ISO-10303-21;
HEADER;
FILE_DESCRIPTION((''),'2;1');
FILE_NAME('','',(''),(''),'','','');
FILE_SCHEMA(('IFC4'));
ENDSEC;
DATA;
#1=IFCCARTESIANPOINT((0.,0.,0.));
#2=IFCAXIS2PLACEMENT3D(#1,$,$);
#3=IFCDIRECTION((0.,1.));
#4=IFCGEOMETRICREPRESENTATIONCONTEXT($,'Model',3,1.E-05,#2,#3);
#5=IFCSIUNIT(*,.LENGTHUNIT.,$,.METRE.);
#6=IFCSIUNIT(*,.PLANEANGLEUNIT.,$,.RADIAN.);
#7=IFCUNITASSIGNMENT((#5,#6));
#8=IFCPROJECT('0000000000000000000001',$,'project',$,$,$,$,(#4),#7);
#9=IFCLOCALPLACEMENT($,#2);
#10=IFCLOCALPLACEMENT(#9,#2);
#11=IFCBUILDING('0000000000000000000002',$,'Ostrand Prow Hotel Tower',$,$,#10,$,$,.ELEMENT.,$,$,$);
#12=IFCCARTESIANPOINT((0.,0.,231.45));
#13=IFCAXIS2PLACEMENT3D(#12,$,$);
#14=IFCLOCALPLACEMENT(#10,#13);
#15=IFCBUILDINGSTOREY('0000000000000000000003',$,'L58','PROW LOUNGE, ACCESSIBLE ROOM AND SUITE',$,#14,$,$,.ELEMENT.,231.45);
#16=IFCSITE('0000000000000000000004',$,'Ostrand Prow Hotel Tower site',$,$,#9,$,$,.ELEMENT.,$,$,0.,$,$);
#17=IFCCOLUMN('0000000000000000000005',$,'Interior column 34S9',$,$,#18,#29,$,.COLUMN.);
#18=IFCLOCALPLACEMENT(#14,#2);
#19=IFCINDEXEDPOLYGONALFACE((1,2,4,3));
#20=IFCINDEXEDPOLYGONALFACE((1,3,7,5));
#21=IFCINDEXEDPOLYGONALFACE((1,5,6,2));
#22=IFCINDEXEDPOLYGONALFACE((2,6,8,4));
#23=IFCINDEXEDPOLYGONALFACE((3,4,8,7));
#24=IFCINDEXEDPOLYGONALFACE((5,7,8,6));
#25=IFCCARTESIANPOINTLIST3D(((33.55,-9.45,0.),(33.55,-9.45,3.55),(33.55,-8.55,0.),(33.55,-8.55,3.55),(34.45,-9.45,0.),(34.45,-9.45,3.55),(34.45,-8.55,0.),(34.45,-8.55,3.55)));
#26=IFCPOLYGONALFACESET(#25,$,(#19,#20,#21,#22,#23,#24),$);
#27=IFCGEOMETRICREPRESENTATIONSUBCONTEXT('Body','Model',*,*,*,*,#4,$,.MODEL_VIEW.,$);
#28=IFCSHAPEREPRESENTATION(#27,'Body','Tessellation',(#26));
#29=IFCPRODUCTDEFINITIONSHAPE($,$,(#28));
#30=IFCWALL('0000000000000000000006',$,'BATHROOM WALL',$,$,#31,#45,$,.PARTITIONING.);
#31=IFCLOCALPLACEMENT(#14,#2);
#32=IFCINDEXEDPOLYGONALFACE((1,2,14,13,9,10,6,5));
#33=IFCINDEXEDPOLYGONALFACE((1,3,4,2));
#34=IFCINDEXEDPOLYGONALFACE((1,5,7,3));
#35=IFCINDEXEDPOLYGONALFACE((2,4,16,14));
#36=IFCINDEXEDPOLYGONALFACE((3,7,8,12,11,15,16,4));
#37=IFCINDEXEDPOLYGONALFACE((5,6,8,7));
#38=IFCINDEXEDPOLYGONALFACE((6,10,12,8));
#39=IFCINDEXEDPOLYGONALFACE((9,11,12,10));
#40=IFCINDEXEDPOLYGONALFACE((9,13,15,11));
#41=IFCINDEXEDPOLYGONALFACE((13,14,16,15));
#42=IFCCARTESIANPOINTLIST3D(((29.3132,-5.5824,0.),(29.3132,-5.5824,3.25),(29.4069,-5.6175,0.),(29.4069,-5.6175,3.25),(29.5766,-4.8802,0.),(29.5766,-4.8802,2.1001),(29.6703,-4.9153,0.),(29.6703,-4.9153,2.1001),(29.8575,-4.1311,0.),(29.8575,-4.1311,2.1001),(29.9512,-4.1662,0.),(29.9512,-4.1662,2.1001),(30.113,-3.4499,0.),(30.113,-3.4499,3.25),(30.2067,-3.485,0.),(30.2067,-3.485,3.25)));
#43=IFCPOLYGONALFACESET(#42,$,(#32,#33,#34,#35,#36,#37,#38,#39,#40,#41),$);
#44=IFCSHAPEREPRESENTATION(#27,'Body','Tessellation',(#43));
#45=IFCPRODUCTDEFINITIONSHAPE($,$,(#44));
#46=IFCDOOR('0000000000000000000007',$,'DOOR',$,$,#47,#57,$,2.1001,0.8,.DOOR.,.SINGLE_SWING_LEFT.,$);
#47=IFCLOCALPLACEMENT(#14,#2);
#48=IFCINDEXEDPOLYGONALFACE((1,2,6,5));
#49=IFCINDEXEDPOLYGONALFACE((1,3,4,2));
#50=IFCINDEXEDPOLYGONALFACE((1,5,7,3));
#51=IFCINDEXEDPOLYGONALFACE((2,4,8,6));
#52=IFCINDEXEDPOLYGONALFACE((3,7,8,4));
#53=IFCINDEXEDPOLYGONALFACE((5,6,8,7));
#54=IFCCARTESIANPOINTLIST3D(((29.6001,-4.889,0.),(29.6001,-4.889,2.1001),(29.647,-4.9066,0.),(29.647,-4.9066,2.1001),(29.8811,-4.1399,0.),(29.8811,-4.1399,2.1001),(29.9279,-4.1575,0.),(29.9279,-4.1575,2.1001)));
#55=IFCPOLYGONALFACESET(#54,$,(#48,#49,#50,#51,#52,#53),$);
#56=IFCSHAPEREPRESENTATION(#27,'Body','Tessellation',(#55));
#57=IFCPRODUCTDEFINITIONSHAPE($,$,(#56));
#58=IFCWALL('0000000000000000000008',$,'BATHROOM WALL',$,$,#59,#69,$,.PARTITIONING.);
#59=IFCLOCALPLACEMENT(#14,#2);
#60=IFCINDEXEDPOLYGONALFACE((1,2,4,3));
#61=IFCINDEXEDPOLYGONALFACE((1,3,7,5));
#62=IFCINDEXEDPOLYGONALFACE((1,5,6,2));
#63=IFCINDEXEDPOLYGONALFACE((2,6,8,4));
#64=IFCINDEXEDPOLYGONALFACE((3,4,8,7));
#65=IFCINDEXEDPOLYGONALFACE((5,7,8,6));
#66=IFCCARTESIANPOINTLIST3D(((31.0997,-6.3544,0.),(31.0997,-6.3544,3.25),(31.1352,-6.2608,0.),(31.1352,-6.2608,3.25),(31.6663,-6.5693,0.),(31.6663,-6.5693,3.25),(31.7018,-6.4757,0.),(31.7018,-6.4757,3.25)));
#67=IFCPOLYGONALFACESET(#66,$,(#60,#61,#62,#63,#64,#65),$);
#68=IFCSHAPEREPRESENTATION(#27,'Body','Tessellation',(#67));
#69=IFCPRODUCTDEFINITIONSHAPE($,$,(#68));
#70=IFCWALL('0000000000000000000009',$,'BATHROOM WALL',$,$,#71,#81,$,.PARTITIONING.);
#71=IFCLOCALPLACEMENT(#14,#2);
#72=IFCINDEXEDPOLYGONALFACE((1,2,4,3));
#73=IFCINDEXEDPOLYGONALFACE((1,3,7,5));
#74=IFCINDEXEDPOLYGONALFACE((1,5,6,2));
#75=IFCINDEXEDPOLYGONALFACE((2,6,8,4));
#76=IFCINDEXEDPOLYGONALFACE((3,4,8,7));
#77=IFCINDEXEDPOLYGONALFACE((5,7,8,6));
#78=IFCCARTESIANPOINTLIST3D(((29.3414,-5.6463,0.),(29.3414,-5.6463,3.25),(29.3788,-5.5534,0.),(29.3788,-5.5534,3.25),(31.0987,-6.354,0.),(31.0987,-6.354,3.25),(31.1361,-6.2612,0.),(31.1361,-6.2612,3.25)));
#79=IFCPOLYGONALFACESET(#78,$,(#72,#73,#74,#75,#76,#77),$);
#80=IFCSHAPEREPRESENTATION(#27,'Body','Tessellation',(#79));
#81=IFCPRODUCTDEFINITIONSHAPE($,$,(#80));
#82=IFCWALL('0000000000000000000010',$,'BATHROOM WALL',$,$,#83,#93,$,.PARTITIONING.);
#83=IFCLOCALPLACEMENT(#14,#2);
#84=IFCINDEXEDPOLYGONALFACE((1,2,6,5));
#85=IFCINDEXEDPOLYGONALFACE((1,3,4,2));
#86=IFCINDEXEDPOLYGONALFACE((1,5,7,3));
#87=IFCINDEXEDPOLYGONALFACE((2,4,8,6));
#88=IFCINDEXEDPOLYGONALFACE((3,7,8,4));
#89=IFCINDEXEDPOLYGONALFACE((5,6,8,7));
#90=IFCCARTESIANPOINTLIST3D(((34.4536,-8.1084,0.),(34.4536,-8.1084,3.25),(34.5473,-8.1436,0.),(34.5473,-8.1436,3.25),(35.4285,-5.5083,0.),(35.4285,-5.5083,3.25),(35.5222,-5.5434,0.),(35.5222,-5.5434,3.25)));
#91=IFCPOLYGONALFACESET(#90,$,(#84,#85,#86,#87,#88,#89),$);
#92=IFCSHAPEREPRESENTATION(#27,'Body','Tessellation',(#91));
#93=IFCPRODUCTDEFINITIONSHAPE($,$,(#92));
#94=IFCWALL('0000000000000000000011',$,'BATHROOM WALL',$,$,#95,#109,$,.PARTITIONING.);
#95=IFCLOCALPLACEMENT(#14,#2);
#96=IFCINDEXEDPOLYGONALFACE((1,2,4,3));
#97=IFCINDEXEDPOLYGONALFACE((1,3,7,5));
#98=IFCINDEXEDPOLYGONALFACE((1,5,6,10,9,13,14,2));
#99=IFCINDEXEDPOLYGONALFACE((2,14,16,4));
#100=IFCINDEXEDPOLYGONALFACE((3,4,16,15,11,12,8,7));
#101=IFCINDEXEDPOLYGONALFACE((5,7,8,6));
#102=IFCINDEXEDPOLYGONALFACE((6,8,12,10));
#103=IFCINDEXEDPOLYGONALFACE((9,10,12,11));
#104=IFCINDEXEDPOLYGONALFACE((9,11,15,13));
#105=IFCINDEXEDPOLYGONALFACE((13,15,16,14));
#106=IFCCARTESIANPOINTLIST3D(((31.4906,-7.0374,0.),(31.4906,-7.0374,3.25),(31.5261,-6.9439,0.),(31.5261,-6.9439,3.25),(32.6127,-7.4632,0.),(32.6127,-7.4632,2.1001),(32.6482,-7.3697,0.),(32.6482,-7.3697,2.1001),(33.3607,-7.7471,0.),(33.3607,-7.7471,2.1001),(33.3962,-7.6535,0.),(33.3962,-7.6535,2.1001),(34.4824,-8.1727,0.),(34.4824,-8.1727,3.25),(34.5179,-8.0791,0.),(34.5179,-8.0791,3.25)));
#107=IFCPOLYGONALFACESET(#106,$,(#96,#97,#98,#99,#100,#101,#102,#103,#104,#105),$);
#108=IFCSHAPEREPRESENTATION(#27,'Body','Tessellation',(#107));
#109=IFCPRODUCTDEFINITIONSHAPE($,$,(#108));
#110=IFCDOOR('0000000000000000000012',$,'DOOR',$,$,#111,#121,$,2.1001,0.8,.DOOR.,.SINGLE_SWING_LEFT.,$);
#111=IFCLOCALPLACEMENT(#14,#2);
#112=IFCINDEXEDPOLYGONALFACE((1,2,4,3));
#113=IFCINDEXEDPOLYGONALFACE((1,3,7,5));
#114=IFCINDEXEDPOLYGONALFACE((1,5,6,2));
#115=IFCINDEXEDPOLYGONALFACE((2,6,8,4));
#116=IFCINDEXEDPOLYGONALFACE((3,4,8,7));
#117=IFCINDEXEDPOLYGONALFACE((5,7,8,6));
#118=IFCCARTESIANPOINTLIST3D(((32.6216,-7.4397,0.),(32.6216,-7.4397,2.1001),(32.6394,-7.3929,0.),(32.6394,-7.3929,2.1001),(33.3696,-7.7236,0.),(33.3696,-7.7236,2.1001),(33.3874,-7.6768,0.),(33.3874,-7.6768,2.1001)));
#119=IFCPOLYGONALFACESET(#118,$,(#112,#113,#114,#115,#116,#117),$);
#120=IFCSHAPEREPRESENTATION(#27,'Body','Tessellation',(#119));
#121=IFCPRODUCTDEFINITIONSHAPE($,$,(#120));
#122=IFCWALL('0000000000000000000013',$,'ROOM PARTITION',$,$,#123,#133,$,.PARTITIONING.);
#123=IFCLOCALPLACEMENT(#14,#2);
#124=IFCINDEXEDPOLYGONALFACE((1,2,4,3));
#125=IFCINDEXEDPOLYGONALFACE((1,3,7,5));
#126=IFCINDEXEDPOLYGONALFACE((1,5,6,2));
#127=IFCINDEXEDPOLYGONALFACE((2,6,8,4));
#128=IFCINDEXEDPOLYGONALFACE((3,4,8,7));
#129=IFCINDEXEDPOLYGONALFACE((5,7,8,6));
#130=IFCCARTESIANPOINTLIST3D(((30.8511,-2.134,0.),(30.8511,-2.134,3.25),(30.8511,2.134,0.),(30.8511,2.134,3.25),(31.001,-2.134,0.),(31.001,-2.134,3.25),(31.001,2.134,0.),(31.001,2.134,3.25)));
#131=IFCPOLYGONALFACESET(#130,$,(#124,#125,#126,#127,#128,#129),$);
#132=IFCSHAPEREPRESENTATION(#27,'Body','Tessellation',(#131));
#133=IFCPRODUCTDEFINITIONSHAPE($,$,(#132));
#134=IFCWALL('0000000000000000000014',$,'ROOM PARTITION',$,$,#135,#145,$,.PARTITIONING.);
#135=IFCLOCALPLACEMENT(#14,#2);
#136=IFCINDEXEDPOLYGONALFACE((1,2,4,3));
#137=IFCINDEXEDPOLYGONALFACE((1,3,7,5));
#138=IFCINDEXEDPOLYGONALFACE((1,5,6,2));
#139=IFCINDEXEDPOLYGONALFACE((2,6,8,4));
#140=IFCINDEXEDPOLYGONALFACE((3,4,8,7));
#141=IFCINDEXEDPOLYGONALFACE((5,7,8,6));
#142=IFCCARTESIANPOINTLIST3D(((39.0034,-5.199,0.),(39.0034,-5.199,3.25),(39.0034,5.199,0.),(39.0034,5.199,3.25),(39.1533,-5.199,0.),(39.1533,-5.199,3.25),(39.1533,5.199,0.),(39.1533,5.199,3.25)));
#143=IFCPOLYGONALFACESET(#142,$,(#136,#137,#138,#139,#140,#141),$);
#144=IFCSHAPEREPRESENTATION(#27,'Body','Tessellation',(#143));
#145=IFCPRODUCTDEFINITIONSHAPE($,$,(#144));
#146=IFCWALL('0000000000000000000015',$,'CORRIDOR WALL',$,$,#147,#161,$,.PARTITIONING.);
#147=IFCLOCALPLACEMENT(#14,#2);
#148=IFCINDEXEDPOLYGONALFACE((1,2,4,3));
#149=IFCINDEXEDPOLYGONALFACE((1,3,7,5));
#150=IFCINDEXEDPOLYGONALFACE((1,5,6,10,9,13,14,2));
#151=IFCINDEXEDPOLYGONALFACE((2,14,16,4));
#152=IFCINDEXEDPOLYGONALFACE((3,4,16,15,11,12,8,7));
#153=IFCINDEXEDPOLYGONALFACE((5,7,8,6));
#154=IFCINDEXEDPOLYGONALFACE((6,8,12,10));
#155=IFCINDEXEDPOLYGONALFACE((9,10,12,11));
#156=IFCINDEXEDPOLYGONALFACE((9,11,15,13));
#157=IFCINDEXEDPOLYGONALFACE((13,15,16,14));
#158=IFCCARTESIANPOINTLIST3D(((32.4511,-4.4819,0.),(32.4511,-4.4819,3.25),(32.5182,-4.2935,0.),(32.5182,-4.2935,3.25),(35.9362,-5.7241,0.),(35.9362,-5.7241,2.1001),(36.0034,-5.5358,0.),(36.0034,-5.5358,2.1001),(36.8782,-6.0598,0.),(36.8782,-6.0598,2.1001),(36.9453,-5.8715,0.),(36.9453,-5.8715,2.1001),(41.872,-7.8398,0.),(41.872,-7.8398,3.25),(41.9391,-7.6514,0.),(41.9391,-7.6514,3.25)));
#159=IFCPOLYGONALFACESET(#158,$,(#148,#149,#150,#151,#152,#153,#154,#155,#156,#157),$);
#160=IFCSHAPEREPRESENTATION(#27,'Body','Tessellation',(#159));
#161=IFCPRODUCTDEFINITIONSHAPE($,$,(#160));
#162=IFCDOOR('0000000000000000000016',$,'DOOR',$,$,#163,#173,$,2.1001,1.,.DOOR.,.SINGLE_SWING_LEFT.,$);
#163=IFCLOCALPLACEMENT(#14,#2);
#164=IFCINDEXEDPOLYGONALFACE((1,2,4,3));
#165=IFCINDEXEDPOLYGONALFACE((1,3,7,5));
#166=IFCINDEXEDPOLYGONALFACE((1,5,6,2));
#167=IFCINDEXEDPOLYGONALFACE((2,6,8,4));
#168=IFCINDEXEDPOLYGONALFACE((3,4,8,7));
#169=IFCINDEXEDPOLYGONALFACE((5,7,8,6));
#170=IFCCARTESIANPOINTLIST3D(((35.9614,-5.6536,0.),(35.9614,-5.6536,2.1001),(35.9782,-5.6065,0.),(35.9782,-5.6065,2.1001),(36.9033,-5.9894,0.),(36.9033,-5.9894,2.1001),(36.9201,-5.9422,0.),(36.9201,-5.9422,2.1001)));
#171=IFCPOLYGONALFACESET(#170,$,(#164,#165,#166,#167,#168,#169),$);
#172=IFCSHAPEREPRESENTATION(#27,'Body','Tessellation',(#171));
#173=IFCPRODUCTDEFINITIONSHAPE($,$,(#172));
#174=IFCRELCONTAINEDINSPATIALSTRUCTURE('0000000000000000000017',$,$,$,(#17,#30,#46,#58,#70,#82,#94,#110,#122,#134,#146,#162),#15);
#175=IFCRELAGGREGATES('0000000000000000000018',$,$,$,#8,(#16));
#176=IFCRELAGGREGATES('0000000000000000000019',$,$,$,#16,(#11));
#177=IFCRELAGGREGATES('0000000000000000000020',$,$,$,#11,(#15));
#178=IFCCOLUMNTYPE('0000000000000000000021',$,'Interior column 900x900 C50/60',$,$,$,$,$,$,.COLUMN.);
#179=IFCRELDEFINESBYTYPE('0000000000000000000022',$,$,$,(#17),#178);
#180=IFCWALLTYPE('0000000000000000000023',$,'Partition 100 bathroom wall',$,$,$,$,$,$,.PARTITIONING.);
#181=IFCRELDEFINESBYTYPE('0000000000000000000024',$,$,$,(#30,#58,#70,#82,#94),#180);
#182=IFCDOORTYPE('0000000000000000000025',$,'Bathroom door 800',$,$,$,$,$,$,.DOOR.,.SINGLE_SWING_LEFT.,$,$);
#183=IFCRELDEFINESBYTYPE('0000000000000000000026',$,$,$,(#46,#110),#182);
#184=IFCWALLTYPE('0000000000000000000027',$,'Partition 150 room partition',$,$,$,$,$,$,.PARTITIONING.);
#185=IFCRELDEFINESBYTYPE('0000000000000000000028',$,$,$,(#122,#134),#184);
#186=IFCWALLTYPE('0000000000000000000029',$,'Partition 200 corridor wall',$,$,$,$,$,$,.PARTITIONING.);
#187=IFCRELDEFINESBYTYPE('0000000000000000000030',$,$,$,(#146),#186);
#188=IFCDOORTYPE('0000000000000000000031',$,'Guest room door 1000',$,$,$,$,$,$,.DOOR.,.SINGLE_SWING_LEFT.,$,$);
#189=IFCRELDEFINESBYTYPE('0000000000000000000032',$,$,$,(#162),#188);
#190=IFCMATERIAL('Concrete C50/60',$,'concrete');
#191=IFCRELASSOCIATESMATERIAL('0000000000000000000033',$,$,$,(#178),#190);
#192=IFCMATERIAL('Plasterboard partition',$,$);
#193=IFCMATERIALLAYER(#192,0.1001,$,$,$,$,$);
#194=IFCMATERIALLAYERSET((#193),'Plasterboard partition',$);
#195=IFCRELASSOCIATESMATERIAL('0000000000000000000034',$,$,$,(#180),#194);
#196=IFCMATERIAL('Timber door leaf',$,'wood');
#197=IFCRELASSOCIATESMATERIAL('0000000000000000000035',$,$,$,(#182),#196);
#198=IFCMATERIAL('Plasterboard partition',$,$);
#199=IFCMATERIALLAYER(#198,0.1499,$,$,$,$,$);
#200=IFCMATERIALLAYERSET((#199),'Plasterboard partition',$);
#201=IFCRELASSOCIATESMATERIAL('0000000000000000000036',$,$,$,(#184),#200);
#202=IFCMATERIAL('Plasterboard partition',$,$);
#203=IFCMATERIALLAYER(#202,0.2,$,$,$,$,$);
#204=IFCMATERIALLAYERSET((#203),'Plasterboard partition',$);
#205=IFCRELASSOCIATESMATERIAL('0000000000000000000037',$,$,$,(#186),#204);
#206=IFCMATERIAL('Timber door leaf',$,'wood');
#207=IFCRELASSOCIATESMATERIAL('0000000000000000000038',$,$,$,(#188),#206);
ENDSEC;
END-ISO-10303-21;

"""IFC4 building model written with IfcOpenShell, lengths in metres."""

from ifc_helpers import new_model, si_unit, direction, frame, frame_2d, origin, origin_2d, place, context, subcontext, project, spatial, rectangle, extrude, material, layer, layer_set, material_profile, profile_set, type_object, element, fill, save


model = new_model("IFC4")

# Units and contexts
model_context = context("Model", 3, precision=1e-05, world=origin(), true_north=direction((0.0, 1.0)))
body_context = subcontext(model_context, "Body", "Model", "MODEL_VIEW")
ifc_project = project(units=[si_unit("LENGTHUNIT", "METRE"), si_unit("PLANEANGLEUNIT", "RADIAN")], contexts=[model_context])

# Site, building, storey
site_placement = place(None, origin())
site = spatial("IfcSite", under=ifc_project, at=site_placement, Name="Ostrand Prow Hotel Tower site", CompositionType="ELEMENT", RefElevation=0.0)
building_placement = place(site_placement, origin())
building = spatial("IfcBuilding", under=site, at=building_placement, Name="Ostrand Prow Hotel Tower", CompositionType="ELEMENT")
storey_placement = place(building_placement, frame((0.0, 0.0, 231.45)))
storey = spatial("IfcBuildingStorey", under=building, at=storey_placement, Name="L58", Description="PROW LOUNGE, ACCESSIBLE ROOM AND SUITE", CompositionType="ELEMENT", Elevation=231.45)

# Column
ifc_material_1 = material(Name="Concrete C50/60", Category="concrete")
ifc_material_profile = material_profile(ifc_material_1, rectangle(XDim=0.8999, YDim=0.8999, at=origin_2d()), Name="RC 900x900")
ifc_profile_set = profile_set([ifc_material_profile], Name="Concrete C50/60")
column_type = type_object("IfcColumnType", Name="Interior column 900x900 C50/60", PredefinedType="COLUMN", material=ifc_profile_set)
column_placement = place(storey_placement, frame((34.0, -9.0, 0.0), z_axis=(0.0, 0.0, 1.0), x_axis=(1.0, 0.0, 0.0)))
element("IfcColumn", 1, at=column_placement, inside=storey, type_object=column_type, Name="Interior column 34S9", PredefinedType="COLUMN", context=body_context, shape_type="SweptSolid", body=[
    extrude(rectangle(XDim=0.8999, YDim=0.8999, at=origin_2d()), origin(), (0.0, 0.0, 1.0), 3.55),
])

# Wall, opening, door
ifc_material_2 = material(Name="Plasterboard partition")
ifc_layer_1 = layer(ifc_material_2, 0.1001)
ifc_layer_set_1 = layer_set([ifc_layer_1], Name="Plasterboard partition")
wall_type_1 = type_object("IfcWallType", Name="Partition 100 bathroom wall", PredefinedType="PARTITIONING", material=ifc_layer_set_1)
wall_1_placement = place(storey_placement, frame((29.3601, -5.5999, 0.0), z_axis=(0.0, 0.0, 1.0), x_axis=(0.351159, 0.936316, 0.0)))
wall_1 = element("IfcWall", 2, at=wall_1_placement, inside=storey, type_object=wall_type_1, Name="BATHROOM WALL", PredefinedType="PARTITIONING", context=body_context, shape_type="SweptSolid", body=[
    extrude(rectangle(XDim=2.2776, YDim=0.1001, at=frame_2d((1.1387, 0.0))), origin(), (0.0, 0.0, 1.0), 3.25),
])
opening_1_placement = place(wall_1_placement, frame((0.75, 0.0, 0.0)))
opening_1 = element("IfcOpeningElement", 3, at=opening_1_placement, cuts=wall_1, PredefinedType="OPENING", context=body_context, shape_type="SweptSolid", body=[
    extrude(rectangle(XDim=0.8, YDim=2.1001, at=frame_2d((0.3999, 1.05))), frame((0.0, 0.0601, 0.0), z_axis=(0.0, -1.0, 0.0), x_axis=(1.0, 0.0, 0.0)), (0.0, 0.0, 1.0), 0.1201),
])
ifc_material_3 = material(Name="Timber door leaf", Category="wood")
door_type_1 = type_object("IfcDoorType", Name="Bathroom door 800", OperationType="SINGLE_SWING_LEFT", PredefinedType="DOOR", material=ifc_material_3)
door_1_placement = place(opening_1_placement, origin())
door_1 = element("IfcDoor", 4, at=door_1_placement, inside=storey, type_object=door_type_1, Name="DOOR", OperationType="SINGLE_SWING_LEFT", OverallHeight=2.1001, OverallWidth=0.8, PredefinedType="DOOR", context=body_context, shape_type="SweptSolid", body=[
    extrude(rectangle(XDim=0.8, YDim=2.1001, at=frame_2d((0.3999, 1.05))), frame((0.0, 0.0249, 0.0), z_axis=(0.0, -1.0, 0.0), x_axis=(1.0, 0.0, 0.0)), (0.0, 0.0, 1.0), 0.05),
])
fill(opening_1, door_1)

# Walls
wall_2_placement = place(storey_placement, frame((31.6841, -6.5225, 0.0), z_axis=(0.0, 0.0, 1.0), x_axis=(-0.935048, 0.354521, 0.0)))
element("IfcWall", 5, at=wall_2_placement, inside=storey, type_object=wall_type_1, Name="BATHROOM WALL", PredefinedType="PARTITIONING", context=body_context, shape_type="SweptSolid", body=[
    extrude(rectangle(XDim=0.606, YDim=0.1001, at=frame_2d((0.303, 0.0))), origin(), (0.0, 0.0, 1.0), 3.25),
])
wall_3_placement = place(storey_placement, frame((31.1174, -6.3076, 0.0), z_axis=(0.0, 0.0, 1.0), x_axis=(-0.927594, 0.373589, 0.0)))
element("IfcWall", 6, at=wall_3_placement, inside=storey, type_object=wall_type_1, Name="BATHROOM WALL", PredefinedType="PARTITIONING", context=body_context, shape_type="SweptSolid", body=[
    extrude(rectangle(XDim=1.8945, YDim=0.1001, at=frame_2d((0.9473, 0.0))), origin(), (0.0, 0.0, 1.0), 3.25),
])
wall_4_placement = place(storey_placement, frame((35.4753, -5.5259, 0.0), z_axis=(0.0, 0.0, 1.0), x_axis=(-0.351066, -0.936351, 0.0)))
element("IfcWall", 7, at=wall_4_placement, inside=storey, type_object=wall_type_1, Name="BATHROOM WALL", PredefinedType="PARTITIONING", context=body_context, shape_type="SweptSolid", body=[
    extrude(rectangle(XDim=2.7769, YDim=0.1001, at=frame_2d((1.3884, 0.0))), origin(), (0.0, 0.0, 1.0), 3.25),
])

# Wall, opening, door
wall_5_placement = place(storey_placement, frame((34.5002, -8.126, 0.0), z_axis=(0.0, 0.0, 1.0), x_axis=(-0.934949, 0.354783, 0.0)))
wall_5 = element("IfcWall", 8, at=wall_5_placement, inside=storey, type_object=wall_type_1, Name="BATHROOM WALL", PredefinedType="PARTITIONING", context=body_context, shape_type="SweptSolid", body=[
    extrude(rectangle(XDim=3.2, YDim=0.1001, at=frame_2d((1.6001, 0.0))), origin(), (0.0, 0.0, 1.0), 3.25),
])
opening_2_placement = place(wall_5_placement, frame((1.2, 0.0, 0.0)))
opening_2 = element("IfcOpeningElement", 9, at=opening_2_placement, cuts=wall_5, PredefinedType="OPENING", context=body_context, shape_type="SweptSolid", body=[
    extrude(rectangle(XDim=0.8, YDim=2.1001, at=frame_2d((0.3999, 1.05))), frame((0.0, 0.0601, 0.0), z_axis=(0.0, -1.0, 0.0), x_axis=(1.0, 0.0, 0.0)), (0.0, 0.0, 1.0), 0.1201),
])
door_2_placement = place(opening_2_placement, origin())
door_2 = element("IfcDoor", 10, at=door_2_placement, inside=storey, type_object=door_type_1, Name="DOOR", OperationType="SINGLE_SWING_LEFT", OverallHeight=2.1001, OverallWidth=0.8, PredefinedType="DOOR", context=body_context, shape_type="SweptSolid", body=[
    extrude(rectangle(XDim=0.8, YDim=2.1001, at=frame_2d((0.3999, 1.05))), frame((0.0, 0.0249, 0.0), z_axis=(0.0, -1.0, 0.0), x_axis=(1.0, 0.0, 0.0)), (0.0, 0.0, 1.0), 0.05),
])
fill(opening_2, door_2)

# Walls
ifc_material_4 = material(Name="Plasterboard partition")
ifc_layer_2 = layer(ifc_material_4, 0.1499)
ifc_layer_set_2 = layer_set([ifc_layer_2], Name="Plasterboard partition")
wall_type_2 = type_object("IfcWallType", Name="Partition 150 room partition", PredefinedType="PARTITIONING", material=ifc_layer_set_2)
wall_6_placement = place(storey_placement, frame((30.926, -2.134, 0.0), z_axis=(0.0, 0.0, 1.0), x_axis=(0.0, 1.0, 0.0)))
element("IfcWall", 11, at=wall_6_placement, inside=storey, type_object=wall_type_2, Name="ROOM PARTITION", PredefinedType="PARTITIONING", context=body_context, shape_type="SweptSolid", body=[
    extrude(rectangle(XDim=4.2681, YDim=0.1499, at=frame_2d((2.134, 0.0))), origin(), (0.0, 0.0, 1.0), 3.25),
])
wall_7_placement = place(storey_placement, frame((39.0784, -5.199, 0.0), z_axis=(0.0, 0.0, 1.0), x_axis=(0.0, 1.0, 0.0)))
element("IfcWall", 12, at=wall_7_placement, inside=storey, type_object=wall_type_2, Name="ROOM PARTITION", PredefinedType="PARTITIONING", context=body_context, shape_type="SweptSolid", body=[
    extrude(rectangle(XDim=10.3979, YDim=0.1499, at=frame_2d((5.199, 0.0))), origin(), (0.0, 0.0, 1.0), 3.25),
])

# Wall, opening, door
ifc_material_5 = material(Name="Plasterboard partition")
ifc_layer_3 = layer(ifc_material_5, 0.2)
ifc_layer_set_3 = layer_set([ifc_layer_3], Name="Plasterboard partition")
wall_type_3 = type_object("IfcWallType", Name="Partition 200 corridor wall", PredefinedType="PARTITIONING", material=ifc_layer_set_3)
wall_8_placement = place(storey_placement, frame((32.4846, -4.3877, 0.0), z_axis=(0.0, 0.0, 1.0), x_axis=(0.941954, -0.335743, 0.0)))
wall_8 = element("IfcWall", 13, at=wall_8_placement, inside=storey, type_object=wall_type_3, Name="CORRIDOR WALL", PredefinedType="PARTITIONING", context=body_context, shape_type="SweptSolid", body=[
    extrude(rectangle(XDim=10.0015, YDim=0.2, at=frame_2d((5.0007, 0.0))), origin(), (0.0, 0.0, 1.0), 3.25),
])
opening_3_placement = place(wall_8_placement, frame((3.7, 0.0, 0.0)))
opening_3 = element("IfcOpeningElement", 14, at=opening_3_placement, cuts=wall_8, PredefinedType="OPENING", context=body_context, shape_type="SweptSolid", body=[
    extrude(rectangle(XDim=1.0, YDim=2.1001, at=frame_2d((0.5, 1.05))), frame((0.0, 0.1099, 0.0), z_axis=(0.0, -1.0, 0.0), x_axis=(1.0, 0.0, 0.0)), (0.0, 0.0, 1.0), 0.22),
])
ifc_material_6 = material(Name="Timber door leaf", Category="wood")
door_type_2 = type_object("IfcDoorType", Name="Guest room door 1000", OperationType="SINGLE_SWING_LEFT", PredefinedType="DOOR", material=ifc_material_6)
door_3_placement = place(opening_3_placement, origin())
door_3 = element("IfcDoor", 15, at=door_3_placement, inside=storey, type_object=door_type_2, Name="DOOR", OperationType="SINGLE_SWING_LEFT", OverallHeight=2.1001, OverallWidth=1.0, PredefinedType="DOOR", context=body_context, shape_type="SweptSolid", body=[
    extrude(rectangle(XDim=1.0, YDim=2.1001, at=frame_2d((0.5, 1.05))), frame((0.0, 0.0249, 0.0), z_axis=(0.0, -1.0, 0.0), x_axis=(1.0, 0.0, 0.0)), (0.0, 0.0, 1.0), 0.05),
])
fill(opening_3, door_3)

save(model, "model.ifc")
